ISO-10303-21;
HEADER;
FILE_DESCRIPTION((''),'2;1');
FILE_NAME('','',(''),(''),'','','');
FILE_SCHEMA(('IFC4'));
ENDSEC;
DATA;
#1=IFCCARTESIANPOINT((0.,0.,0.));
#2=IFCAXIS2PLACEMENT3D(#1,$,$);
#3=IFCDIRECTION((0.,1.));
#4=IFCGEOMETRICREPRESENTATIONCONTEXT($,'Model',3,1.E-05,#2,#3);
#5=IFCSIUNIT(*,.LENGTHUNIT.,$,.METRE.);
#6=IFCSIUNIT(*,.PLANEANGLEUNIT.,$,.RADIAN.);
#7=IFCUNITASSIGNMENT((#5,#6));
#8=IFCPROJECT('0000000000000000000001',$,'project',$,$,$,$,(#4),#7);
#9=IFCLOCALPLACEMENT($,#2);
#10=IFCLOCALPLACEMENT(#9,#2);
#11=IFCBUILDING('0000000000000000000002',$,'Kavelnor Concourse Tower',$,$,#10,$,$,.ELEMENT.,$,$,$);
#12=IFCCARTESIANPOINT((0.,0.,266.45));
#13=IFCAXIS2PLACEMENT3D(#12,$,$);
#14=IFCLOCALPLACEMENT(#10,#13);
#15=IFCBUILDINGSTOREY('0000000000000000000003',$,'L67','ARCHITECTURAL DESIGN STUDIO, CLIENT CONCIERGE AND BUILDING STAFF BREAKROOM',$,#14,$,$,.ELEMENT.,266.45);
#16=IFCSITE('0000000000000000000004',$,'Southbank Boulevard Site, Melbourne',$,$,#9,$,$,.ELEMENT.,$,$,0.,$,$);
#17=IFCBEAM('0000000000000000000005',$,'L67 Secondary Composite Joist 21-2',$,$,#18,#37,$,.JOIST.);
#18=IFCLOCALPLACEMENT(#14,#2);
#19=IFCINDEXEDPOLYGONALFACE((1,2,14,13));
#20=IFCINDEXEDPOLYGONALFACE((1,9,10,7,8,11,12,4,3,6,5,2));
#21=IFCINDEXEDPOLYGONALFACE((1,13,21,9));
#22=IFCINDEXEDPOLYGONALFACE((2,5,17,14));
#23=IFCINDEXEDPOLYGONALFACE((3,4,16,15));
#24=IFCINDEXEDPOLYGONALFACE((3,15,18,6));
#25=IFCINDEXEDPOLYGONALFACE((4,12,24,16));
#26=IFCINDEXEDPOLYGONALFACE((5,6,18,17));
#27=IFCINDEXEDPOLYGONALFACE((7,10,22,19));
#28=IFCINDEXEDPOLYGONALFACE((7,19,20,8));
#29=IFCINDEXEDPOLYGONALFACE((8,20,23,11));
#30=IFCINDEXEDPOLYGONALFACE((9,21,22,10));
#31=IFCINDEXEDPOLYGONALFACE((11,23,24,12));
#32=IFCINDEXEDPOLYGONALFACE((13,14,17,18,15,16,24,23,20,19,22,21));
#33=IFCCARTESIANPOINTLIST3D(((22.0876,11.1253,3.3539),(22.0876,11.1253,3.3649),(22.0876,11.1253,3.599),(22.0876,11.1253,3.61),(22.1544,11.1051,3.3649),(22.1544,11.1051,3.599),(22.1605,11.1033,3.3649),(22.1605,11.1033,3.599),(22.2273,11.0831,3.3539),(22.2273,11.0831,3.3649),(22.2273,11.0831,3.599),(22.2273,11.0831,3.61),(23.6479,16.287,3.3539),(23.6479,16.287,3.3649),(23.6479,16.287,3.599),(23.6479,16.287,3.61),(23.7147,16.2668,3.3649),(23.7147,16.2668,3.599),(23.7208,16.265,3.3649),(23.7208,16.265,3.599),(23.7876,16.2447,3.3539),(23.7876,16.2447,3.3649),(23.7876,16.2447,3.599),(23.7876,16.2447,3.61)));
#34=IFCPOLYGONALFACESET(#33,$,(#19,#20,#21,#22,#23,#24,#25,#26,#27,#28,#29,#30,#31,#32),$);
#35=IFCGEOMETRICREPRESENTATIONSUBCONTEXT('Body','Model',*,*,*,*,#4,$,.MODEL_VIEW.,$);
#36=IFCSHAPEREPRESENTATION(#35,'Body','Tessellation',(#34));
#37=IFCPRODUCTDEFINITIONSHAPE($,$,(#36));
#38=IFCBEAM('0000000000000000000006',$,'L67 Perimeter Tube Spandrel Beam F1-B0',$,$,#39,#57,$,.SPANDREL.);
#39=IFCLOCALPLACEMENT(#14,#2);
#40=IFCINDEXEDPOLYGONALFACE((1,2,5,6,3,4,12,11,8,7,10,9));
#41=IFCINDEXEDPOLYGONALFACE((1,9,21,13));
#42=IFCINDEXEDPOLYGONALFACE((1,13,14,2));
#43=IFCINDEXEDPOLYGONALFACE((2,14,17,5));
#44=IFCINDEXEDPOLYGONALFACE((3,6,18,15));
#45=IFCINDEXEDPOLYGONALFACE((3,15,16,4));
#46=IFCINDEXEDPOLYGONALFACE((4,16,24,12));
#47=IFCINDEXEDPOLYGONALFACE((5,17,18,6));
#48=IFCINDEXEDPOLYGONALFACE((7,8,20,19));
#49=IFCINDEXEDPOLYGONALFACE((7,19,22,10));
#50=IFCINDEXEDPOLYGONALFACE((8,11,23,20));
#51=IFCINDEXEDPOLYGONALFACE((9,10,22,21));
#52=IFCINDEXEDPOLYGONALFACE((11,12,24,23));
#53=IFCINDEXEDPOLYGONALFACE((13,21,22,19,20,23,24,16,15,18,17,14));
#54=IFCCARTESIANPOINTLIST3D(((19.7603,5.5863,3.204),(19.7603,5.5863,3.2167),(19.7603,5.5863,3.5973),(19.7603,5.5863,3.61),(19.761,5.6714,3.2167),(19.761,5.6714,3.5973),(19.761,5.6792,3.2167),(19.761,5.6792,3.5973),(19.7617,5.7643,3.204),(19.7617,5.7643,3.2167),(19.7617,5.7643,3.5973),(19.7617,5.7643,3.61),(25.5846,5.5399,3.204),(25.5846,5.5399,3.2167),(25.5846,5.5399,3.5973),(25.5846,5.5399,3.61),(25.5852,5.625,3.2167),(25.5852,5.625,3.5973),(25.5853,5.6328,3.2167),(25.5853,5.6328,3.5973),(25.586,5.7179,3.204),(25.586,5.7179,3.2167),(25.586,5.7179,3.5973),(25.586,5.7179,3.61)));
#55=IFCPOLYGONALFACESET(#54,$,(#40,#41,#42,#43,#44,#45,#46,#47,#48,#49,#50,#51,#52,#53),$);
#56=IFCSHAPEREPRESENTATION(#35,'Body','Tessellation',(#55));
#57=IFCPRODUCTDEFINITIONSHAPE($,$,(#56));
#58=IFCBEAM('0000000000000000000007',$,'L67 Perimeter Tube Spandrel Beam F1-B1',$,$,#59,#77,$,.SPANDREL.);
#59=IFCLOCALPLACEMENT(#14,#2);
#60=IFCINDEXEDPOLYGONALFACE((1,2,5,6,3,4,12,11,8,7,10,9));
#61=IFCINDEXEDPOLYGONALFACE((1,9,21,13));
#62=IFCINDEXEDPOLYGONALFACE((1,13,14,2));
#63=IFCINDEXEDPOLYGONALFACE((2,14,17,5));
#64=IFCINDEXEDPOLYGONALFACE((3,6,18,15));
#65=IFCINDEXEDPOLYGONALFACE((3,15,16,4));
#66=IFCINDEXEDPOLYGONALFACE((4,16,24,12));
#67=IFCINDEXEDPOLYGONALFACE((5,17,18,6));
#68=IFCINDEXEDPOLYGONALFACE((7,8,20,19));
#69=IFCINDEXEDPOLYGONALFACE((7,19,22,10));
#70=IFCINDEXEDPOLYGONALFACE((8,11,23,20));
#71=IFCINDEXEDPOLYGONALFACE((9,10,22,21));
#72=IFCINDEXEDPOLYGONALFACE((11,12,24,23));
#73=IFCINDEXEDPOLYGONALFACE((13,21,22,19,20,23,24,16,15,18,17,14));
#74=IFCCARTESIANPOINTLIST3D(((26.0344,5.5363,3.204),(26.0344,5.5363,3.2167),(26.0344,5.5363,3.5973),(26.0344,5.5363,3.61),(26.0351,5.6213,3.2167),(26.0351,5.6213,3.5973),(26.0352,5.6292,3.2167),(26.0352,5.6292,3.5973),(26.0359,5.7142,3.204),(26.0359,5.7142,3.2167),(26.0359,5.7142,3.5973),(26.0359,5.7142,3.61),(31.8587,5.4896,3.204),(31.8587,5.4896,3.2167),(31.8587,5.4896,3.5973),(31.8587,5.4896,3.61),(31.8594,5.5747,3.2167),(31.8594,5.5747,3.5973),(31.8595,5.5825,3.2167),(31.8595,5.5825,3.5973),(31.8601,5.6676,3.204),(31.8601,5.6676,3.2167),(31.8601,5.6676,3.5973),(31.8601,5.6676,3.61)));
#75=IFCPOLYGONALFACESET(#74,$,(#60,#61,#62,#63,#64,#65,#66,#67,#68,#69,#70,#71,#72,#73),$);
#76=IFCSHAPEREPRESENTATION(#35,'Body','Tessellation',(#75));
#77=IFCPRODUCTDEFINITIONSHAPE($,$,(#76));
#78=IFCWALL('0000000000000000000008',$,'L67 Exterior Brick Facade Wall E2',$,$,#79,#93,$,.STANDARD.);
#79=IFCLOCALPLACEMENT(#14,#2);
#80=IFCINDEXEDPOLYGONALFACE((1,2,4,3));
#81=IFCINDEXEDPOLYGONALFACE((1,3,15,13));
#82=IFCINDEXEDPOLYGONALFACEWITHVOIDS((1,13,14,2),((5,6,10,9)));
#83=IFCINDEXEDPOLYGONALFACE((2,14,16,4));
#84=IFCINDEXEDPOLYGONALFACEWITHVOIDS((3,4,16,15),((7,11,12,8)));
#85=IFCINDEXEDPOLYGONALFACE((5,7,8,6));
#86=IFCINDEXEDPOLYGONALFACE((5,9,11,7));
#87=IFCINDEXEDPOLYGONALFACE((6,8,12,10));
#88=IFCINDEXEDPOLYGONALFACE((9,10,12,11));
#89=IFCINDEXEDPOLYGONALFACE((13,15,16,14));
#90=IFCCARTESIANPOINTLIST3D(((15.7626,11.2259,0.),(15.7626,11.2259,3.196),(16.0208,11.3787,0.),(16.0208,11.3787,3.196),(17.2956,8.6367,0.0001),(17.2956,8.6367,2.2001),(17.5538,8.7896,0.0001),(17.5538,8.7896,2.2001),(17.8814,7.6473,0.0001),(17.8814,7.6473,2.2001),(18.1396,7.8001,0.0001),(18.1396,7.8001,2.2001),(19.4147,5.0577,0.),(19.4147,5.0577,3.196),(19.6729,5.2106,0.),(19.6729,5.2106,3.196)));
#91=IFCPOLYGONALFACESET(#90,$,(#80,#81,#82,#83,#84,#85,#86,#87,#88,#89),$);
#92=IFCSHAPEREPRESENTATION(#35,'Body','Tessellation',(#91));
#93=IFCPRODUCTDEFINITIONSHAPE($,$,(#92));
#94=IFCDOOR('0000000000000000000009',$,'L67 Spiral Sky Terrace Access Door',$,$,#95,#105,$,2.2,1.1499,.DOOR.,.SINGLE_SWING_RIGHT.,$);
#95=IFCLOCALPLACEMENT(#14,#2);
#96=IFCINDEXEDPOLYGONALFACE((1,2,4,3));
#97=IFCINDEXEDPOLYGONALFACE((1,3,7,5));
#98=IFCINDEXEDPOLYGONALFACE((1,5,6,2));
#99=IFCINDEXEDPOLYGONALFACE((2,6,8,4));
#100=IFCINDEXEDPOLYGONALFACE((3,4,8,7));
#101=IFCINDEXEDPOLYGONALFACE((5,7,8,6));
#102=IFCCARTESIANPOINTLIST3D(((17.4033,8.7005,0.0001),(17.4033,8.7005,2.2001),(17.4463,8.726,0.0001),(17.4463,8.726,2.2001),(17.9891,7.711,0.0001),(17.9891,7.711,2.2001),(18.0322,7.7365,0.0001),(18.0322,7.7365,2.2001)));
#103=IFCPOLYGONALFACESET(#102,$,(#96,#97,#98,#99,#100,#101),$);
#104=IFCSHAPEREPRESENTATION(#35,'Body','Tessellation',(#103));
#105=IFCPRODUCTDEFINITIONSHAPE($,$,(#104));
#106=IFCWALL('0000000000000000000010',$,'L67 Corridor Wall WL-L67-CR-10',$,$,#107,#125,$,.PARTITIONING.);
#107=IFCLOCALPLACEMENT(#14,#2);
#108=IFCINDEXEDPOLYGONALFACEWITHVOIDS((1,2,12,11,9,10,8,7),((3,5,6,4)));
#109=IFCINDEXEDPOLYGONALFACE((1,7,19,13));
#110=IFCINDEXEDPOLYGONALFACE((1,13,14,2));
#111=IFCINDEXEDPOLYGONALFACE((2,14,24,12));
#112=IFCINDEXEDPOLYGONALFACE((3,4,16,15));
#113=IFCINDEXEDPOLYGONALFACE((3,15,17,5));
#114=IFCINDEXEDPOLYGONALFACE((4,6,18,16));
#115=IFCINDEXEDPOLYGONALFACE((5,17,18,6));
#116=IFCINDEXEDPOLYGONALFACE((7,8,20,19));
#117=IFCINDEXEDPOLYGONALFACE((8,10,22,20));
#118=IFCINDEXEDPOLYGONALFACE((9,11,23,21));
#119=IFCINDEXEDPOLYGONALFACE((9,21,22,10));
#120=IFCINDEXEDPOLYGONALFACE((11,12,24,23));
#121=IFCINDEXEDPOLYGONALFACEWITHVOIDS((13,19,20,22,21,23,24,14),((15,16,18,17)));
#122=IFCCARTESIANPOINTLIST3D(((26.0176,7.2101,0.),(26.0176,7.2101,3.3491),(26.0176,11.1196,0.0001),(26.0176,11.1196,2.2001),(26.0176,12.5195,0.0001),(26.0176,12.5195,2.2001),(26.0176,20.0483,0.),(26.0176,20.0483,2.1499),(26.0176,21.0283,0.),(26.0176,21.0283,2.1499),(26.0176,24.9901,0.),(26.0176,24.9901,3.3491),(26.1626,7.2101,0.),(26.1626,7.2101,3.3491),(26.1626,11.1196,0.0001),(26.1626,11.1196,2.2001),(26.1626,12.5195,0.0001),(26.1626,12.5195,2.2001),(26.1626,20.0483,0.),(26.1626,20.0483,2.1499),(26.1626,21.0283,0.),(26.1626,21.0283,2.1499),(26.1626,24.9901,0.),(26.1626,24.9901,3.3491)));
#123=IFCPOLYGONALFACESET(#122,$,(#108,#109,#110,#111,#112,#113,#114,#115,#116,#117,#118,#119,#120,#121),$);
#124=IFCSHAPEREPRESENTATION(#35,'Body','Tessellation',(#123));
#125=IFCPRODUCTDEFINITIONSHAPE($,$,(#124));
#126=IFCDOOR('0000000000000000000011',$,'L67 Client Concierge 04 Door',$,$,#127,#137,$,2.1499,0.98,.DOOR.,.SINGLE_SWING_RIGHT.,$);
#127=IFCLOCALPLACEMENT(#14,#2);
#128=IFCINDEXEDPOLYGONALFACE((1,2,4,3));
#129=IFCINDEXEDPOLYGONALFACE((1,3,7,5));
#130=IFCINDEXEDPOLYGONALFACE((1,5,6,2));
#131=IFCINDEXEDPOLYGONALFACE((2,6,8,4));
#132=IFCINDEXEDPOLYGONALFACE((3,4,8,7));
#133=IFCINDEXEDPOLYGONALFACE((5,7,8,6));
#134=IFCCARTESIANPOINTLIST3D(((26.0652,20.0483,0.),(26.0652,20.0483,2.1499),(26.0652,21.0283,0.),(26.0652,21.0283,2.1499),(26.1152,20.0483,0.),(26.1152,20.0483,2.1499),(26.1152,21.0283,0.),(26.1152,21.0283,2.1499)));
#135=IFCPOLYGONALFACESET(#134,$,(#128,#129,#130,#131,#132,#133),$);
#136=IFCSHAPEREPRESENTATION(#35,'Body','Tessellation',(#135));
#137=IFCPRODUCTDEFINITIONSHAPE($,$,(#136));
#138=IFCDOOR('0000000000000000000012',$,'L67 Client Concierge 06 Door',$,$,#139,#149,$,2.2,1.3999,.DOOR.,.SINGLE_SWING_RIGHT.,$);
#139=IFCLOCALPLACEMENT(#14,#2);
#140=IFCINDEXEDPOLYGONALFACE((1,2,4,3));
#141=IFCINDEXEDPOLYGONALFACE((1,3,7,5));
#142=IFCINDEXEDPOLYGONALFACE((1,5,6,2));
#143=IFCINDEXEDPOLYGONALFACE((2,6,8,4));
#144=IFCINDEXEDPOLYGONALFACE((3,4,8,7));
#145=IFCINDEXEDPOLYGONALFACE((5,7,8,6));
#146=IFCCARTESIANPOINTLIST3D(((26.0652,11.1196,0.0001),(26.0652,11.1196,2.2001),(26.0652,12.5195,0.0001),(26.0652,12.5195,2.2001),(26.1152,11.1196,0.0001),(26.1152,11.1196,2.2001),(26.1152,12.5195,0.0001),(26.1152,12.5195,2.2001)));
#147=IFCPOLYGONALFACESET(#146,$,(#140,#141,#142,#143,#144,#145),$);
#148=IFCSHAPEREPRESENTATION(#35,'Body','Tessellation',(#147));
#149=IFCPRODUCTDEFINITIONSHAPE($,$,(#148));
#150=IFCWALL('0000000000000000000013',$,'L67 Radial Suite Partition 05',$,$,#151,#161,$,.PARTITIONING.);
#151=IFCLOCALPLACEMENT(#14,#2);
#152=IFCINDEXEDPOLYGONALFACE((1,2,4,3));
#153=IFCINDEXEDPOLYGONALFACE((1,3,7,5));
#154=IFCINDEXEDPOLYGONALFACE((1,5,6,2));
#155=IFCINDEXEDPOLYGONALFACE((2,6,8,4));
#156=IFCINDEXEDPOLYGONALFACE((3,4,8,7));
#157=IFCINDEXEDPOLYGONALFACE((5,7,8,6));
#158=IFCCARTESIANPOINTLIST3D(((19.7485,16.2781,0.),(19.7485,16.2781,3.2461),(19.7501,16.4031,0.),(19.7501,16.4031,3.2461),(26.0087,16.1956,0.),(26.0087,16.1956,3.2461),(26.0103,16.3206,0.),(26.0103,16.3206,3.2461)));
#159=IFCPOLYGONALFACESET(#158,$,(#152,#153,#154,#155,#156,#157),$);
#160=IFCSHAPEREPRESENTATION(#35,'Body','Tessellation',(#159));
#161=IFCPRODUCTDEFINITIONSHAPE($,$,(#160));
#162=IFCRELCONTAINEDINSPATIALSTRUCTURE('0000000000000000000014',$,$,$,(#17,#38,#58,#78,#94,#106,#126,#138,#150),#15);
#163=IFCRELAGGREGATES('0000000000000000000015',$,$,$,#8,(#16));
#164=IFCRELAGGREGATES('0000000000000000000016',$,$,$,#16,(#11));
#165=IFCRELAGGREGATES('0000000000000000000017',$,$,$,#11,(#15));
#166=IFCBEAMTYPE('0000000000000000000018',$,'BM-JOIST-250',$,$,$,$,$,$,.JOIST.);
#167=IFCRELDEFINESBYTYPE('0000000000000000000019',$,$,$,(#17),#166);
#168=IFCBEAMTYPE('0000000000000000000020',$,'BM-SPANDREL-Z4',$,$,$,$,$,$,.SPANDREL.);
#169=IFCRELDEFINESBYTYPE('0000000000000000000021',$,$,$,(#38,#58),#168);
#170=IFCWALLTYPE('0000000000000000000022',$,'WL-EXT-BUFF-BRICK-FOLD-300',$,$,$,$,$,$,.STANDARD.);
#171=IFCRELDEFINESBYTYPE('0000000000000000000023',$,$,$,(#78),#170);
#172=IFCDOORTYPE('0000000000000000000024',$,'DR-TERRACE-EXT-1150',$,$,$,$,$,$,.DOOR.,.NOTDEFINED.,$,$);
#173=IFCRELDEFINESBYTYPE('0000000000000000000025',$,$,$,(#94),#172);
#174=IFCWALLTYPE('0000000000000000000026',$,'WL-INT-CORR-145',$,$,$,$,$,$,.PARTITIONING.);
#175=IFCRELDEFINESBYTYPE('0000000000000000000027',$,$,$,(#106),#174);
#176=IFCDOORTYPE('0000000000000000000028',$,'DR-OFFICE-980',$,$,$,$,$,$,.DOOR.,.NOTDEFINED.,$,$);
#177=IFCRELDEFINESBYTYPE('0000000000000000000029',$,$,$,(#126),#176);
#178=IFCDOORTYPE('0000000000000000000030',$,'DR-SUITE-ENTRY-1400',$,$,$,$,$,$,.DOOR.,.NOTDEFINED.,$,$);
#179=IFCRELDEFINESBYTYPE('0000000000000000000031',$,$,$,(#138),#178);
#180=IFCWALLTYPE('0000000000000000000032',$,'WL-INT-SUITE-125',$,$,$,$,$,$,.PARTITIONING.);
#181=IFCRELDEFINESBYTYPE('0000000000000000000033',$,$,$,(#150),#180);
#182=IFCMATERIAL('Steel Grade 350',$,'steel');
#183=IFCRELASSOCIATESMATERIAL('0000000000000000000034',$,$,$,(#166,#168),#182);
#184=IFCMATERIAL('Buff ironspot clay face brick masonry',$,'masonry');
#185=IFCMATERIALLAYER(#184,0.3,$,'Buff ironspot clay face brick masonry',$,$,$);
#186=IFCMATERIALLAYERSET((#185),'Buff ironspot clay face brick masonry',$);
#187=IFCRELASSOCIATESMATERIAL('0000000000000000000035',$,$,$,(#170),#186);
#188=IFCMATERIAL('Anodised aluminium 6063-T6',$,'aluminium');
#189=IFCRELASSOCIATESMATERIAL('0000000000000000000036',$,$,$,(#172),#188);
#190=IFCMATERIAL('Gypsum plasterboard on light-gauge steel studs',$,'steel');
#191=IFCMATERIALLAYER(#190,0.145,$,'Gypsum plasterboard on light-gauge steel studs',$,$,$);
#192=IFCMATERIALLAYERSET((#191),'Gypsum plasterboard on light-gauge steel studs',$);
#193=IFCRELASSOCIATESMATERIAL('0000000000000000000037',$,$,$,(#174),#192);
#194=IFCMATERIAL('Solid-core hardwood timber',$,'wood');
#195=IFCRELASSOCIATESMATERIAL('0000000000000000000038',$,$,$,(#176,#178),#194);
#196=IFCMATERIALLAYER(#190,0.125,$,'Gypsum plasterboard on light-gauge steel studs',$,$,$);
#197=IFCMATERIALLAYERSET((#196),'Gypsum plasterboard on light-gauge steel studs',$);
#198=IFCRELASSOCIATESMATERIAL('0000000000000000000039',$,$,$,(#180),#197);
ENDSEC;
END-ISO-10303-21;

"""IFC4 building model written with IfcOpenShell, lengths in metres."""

from ifc_helpers import new_model, si_unit, direction, frame, frame_2d, origin, origin_2d, place, context, subcontext, project, spatial, rectangle, i_section, extrude, material, layer, layer_set, material_profile, profile_set, type_object, element, fill, save


model = new_model("IFC4")

# Units and contexts
model_context = context("Model", 3, precision=1e-05, world=origin(), true_north=direction((0.0, 1.0)))
body_context = subcontext(model_context, "Body", "Model", "MODEL_VIEW")
ifc_project = project(units=[si_unit("LENGTHUNIT", "METRE"), si_unit("PLANEANGLEUNIT", "RADIAN")], contexts=[model_context])

# Site, building, storey
site_placement = place(None, origin())
site = spatial("IfcSite", under=ifc_project, at=site_placement, Name="Southbank Boulevard Site, Melbourne", CompositionType="ELEMENT", RefElevation=0.0)
building_placement = place(site_placement, origin())
building = spatial("IfcBuilding", under=site, at=building_placement, Name="Kavelnor Concourse Tower", CompositionType="ELEMENT")
storey_placement = place(building_placement, frame((0.0, 0.0, 266.45)))
storey = spatial("IfcBuildingStorey", under=building, at=storey_placement, Name="L67", Description="ARCHITECTURAL DESIGN STUDIO, CLIENT CONCIERGE AND BUILDING STAFF BREAKROOM", CompositionType="ELEMENT", Elevation=266.45)

# Shared definitions
ifc_material_1 = material(Name="Steel Grade 350", Category="steel")

# Beams
ifc_material_profile_1 = material_profile(ifc_material_1, i_section(OverallWidth=0.146, OverallDepth=0.2561, WebThickness=0.0063, FlangeThickness=0.011, at=origin_2d()), Name="250UB37")
ifc_profile_set_1 = profile_set([ifc_material_profile_1], Name="Steel Grade 350")
beam_type_1 = type_object("IfcBeamType", Name="BM-JOIST-250", PredefinedType="JOIST", material=ifc_profile_set_1)
beam_1_placement = place(storey_placement, frame((23.7178, 16.2659, 3.4819), z_axis=(-0.289358, -0.957221, 0.0), x_axis=(0.957221, -0.289358, 0.0)))
element("IfcBeam", 1, at=beam_1_placement, inside=storey, type_object=beam_type_1, Name="L67 Secondary Composite Joist 21-2", PredefinedType="JOIST", context=body_context, shape_type="SweptSolid", body=[
    extrude(i_section(OverallWidth=0.146, OverallDepth=0.2561, WebThickness=0.0063, FlangeThickness=0.011, at=origin_2d()), origin(), (0.0, 0.0, 1.0), 5.3923),
])
ifc_material_profile_2 = material_profile(ifc_material_1, i_section(OverallWidth=0.178, OverallDepth=0.406, WebThickness=0.0078, FlangeThickness=0.0127, at=origin_2d()), Name="410UB59")
ifc_profile_set_2 = profile_set([ifc_material_profile_2], Name="Steel Grade 350")
beam_type_2 = type_object("IfcBeamType", Name="BM-SPANDREL-Z4", PredefinedType="SPANDREL", material=ifc_profile_set_2)
for number, where, z_axis, x_axis, name in (
    (2, (19.761, 5.6753, 3.407), (0.999968, -0.007964, 0.0), (0.007964, 0.999968, 0.0), "L67 Perimeter Tube Spandrel Beam F1-B0"),
    (3, (26.0352, 5.6252, 3.407), (0.999968, -0.008006, 0.0), (0.008006, 0.999968, 0.0), "L67 Perimeter Tube Spandrel Beam F1-B1"),
):
    element("IfcBeam", number, at=place(storey_placement, frame(where, z_axis=z_axis, x_axis=x_axis)), inside=storey, type_object=beam_type_2, Name=name, PredefinedType="SPANDREL", context=body_context, shape_type="SweptSolid", body=[
        extrude(i_section(OverallWidth=0.178, OverallDepth=0.406, WebThickness=0.0078, FlangeThickness=0.0127, at=origin_2d()), origin(), (0.0, 0.0, 1.0), 5.8245),
    ])

# Wall, opening, door
ifc_material_2 = material(Name="Buff ironspot clay face brick masonry", Category="masonry")
ifc_layer_1 = layer(ifc_material_2, 0.3, Name="Buff ironspot clay face brick masonry")
ifc_layer_set_1 = layer_set([ifc_layer_1], Name="Buff ironspot clay face brick masonry")
wall_type_1 = type_object("IfcWallType", Name="WL-EXT-BUFF-BRICK-FOLD-300", PredefinedType="STANDARD", material=ifc_layer_set_1)
wall_1_placement = place(storey_placement, frame((19.5437, 5.1343, 0.0), z_axis=(0.0, 0.0, 1.0), x_axis=(-0.509478, 0.860483, 0.0)))
wall_1 = element("IfcWall", 4, at=wall_1_placement, inside=storey, type_object=wall_type_1, Name="L67 Exterior Brick Facade Wall E2", PredefinedType="STANDARD", context=body_context, shape_type="SweptSolid", body=[
    extrude(rectangle(XDim=7.1682, YDim=0.3, at=frame_2d((3.584, 0.0))), origin(), (0.0, 0.0, 1.0), 3.196),
])
opening_1_placement = place(wall_1_placement, frame((3.0093, 0.0, 0.0)))
opening_1 = element("IfcOpeningElement", 5, at=opening_1_placement, cuts=wall_1, PredefinedType="OPENING", context=body_context, shape_type="SweptSolid", body=[
    extrude(rectangle(XDim=1.1499, YDim=2.2, at=frame_2d((0.575, 1.1001))), frame((0.0, 0.1602, 0.0), z_axis=(0.0, -1.0, 0.0), x_axis=(1.0, 0.0, 0.0)), (0.0, 0.0, 1.0), 0.3201),
])
ifc_material_3 = material(Name="Anodised aluminium 6063-T6", Category="aluminium")
door_type_1 = type_object("IfcDoorType", Name="DR-TERRACE-EXT-1150", OperationType="NOTDEFINED", PredefinedType="DOOR", material=ifc_material_3)
door_1_placement = place(opening_1_placement, origin())
door_1 = element("IfcDoor", 6, at=door_1_placement, inside=storey, type_object=door_type_1, Name="L67 Spiral Sky Terrace Access Door", OperationType="SINGLE_SWING_RIGHT", OverallHeight=2.2, OverallWidth=1.1499, PredefinedType="DOOR", context=body_context, shape_type="SweptSolid", body=[
    extrude(rectangle(XDim=1.1499, YDim=2.2, at=frame_2d((0.575, 1.1001))), frame((0.0, 0.0249, 0.0), z_axis=(0.0, -1.0, 0.0), x_axis=(1.0, 0.0, 0.0)), (0.0, 0.0, 1.0), 0.05),
])
fill(opening_1, door_1)

# Wall, openings, doors
ifc_material_4 = material(Name="Gypsum plasterboard on light-gauge steel studs", Category="steel")
ifc_layer_2 = layer(ifc_material_4, 0.145, Name="Gypsum plasterboard on light-gauge steel studs")
ifc_layer_set_2 = layer_set([ifc_layer_2], Name="Gypsum plasterboard on light-gauge steel studs")
wall_type_2 = type_object("IfcWallType", Name="WL-INT-CORR-145", PredefinedType="PARTITIONING", material=ifc_layer_set_2)
wall_2_placement = place(storey_placement, frame((26.0901, 7.21, 0.0), z_axis=(0.0, 0.0, 1.0), x_axis=(0.0, 1.0, 0.0)))
wall_2 = element("IfcWall", 7, at=wall_2_placement, inside=storey, type_object=wall_type_2, Name="L67 Corridor Wall WL-L67-CR-10", PredefinedType="PARTITIONING", context=body_context, shape_type="SweptSolid", body=[
    extrude(rectangle(XDim=17.78, YDim=0.145, at=frame_2d((8.8901, 0.0))), origin(), (0.0, 0.0, 1.0), 3.3491),
])
opening_2_placement = place(wall_2_placement, frame((12.8384, 0.0, 0.0)))
opening_2 = element("IfcOpeningElement", 8, at=opening_2_placement, cuts=wall_2, PredefinedType="OPENING", context=body_context, shape_type="SweptSolid", body=[
    extrude(rectangle(XDim=0.98, YDim=2.1499, at=frame_2d((0.49, 1.075))), frame((0.0, 0.0825, 0.0), z_axis=(0.0, -1.0, 0.0), x_axis=(1.0, 0.0, 0.0)), (0.0, 0.0, 1.0), 0.165),
])
opening_3_placement = place(wall_2_placement, frame((3.9097, 0.0, 0.0)))
opening_3 = element("IfcOpeningElement", 9, at=opening_3_placement, cuts=wall_2, PredefinedType="OPENING", context=body_context, shape_type="SweptSolid", body=[
    extrude(rectangle(XDim=1.3999, YDim=2.2, at=frame_2d((0.7, 1.1001))), frame((0.0, 0.0825, 0.0), z_axis=(0.0, -1.0, 0.0), x_axis=(1.0, 0.0, 0.0)), (0.0, 0.0, 1.0), 0.165),
])
ifc_material_5 = material(Name="Solid-core hardwood timber", Category="wood")
door_type_2 = type_object("IfcDoorType", Name="DR-OFFICE-980", OperationType="NOTDEFINED", PredefinedType="DOOR", material=ifc_material_5)
door_2_placement = place(opening_2_placement, origin())
door_2 = element("IfcDoor", 10, at=door_2_placement, inside=storey, type_object=door_type_2, Name="L67 Client Concierge 04 Door", OperationType="SINGLE_SWING_RIGHT", OverallHeight=2.1499, OverallWidth=0.98, PredefinedType="DOOR", context=body_context, shape_type="SweptSolid", body=[
    extrude(rectangle(XDim=0.98, YDim=2.1499, at=frame_2d((0.49, 1.075))), frame((0.0, 0.0249, 0.0), z_axis=(0.0, -1.0, 0.0), x_axis=(1.0, 0.0, 0.0)), (0.0, 0.0, 1.0), 0.05),
])
fill(opening_2, door_2)
door_type_3 = type_object("IfcDoorType", Name="DR-SUITE-ENTRY-1400", OperationType="NOTDEFINED", PredefinedType="DOOR", material=ifc_material_5)
door_3_placement = place(opening_3_placement, origin())
door_3 = element("IfcDoor", 11, at=door_3_placement, inside=storey, type_object=door_type_3, Name="L67 Client Concierge 06 Door", OperationType="SINGLE_SWING_RIGHT", OverallHeight=2.2, OverallWidth=1.3999, PredefinedType="DOOR", context=body_context, shape_type="SweptSolid", body=[
    extrude(rectangle(XDim=1.3999, YDim=2.2, at=frame_2d((0.7, 1.1001))), frame((0.0, 0.0249, 0.0), z_axis=(0.0, -1.0, 0.0), x_axis=(1.0, 0.0, 0.0)), (0.0, 0.0, 1.0), 0.05),
])
fill(opening_3, door_3)

# Wall
ifc_layer_3 = layer(ifc_material_4, 0.125, Name="Gypsum plasterboard on light-gauge steel studs")
ifc_layer_set_3 = layer_set([ifc_layer_3], Name="Gypsum plasterboard on light-gauge steel studs")
wall_type_3 = type_object("IfcWallType", Name="WL-INT-SUITE-125", PredefinedType="PARTITIONING", material=ifc_layer_set_3)
wall_3_placement = place(storey_placement, frame((26.0095, 16.2581, 0.0), z_axis=(0.0, 0.0, 1.0), x_axis=(-0.999913, 0.01318, 0.0)))
element("IfcWall", 12, at=wall_3_placement, inside=storey, type_object=wall_type_3, Name="L67 Radial Suite Partition 05", PredefinedType="PARTITIONING", context=body_context, shape_type="SweptSolid", body=[
    extrude(rectangle(XDim=6.2607, YDim=0.125, at=frame_2d((3.1304, 0.0))), origin(), (0.0, 0.0, 1.0), 3.2461),
])

save(model, "model.ifc")
